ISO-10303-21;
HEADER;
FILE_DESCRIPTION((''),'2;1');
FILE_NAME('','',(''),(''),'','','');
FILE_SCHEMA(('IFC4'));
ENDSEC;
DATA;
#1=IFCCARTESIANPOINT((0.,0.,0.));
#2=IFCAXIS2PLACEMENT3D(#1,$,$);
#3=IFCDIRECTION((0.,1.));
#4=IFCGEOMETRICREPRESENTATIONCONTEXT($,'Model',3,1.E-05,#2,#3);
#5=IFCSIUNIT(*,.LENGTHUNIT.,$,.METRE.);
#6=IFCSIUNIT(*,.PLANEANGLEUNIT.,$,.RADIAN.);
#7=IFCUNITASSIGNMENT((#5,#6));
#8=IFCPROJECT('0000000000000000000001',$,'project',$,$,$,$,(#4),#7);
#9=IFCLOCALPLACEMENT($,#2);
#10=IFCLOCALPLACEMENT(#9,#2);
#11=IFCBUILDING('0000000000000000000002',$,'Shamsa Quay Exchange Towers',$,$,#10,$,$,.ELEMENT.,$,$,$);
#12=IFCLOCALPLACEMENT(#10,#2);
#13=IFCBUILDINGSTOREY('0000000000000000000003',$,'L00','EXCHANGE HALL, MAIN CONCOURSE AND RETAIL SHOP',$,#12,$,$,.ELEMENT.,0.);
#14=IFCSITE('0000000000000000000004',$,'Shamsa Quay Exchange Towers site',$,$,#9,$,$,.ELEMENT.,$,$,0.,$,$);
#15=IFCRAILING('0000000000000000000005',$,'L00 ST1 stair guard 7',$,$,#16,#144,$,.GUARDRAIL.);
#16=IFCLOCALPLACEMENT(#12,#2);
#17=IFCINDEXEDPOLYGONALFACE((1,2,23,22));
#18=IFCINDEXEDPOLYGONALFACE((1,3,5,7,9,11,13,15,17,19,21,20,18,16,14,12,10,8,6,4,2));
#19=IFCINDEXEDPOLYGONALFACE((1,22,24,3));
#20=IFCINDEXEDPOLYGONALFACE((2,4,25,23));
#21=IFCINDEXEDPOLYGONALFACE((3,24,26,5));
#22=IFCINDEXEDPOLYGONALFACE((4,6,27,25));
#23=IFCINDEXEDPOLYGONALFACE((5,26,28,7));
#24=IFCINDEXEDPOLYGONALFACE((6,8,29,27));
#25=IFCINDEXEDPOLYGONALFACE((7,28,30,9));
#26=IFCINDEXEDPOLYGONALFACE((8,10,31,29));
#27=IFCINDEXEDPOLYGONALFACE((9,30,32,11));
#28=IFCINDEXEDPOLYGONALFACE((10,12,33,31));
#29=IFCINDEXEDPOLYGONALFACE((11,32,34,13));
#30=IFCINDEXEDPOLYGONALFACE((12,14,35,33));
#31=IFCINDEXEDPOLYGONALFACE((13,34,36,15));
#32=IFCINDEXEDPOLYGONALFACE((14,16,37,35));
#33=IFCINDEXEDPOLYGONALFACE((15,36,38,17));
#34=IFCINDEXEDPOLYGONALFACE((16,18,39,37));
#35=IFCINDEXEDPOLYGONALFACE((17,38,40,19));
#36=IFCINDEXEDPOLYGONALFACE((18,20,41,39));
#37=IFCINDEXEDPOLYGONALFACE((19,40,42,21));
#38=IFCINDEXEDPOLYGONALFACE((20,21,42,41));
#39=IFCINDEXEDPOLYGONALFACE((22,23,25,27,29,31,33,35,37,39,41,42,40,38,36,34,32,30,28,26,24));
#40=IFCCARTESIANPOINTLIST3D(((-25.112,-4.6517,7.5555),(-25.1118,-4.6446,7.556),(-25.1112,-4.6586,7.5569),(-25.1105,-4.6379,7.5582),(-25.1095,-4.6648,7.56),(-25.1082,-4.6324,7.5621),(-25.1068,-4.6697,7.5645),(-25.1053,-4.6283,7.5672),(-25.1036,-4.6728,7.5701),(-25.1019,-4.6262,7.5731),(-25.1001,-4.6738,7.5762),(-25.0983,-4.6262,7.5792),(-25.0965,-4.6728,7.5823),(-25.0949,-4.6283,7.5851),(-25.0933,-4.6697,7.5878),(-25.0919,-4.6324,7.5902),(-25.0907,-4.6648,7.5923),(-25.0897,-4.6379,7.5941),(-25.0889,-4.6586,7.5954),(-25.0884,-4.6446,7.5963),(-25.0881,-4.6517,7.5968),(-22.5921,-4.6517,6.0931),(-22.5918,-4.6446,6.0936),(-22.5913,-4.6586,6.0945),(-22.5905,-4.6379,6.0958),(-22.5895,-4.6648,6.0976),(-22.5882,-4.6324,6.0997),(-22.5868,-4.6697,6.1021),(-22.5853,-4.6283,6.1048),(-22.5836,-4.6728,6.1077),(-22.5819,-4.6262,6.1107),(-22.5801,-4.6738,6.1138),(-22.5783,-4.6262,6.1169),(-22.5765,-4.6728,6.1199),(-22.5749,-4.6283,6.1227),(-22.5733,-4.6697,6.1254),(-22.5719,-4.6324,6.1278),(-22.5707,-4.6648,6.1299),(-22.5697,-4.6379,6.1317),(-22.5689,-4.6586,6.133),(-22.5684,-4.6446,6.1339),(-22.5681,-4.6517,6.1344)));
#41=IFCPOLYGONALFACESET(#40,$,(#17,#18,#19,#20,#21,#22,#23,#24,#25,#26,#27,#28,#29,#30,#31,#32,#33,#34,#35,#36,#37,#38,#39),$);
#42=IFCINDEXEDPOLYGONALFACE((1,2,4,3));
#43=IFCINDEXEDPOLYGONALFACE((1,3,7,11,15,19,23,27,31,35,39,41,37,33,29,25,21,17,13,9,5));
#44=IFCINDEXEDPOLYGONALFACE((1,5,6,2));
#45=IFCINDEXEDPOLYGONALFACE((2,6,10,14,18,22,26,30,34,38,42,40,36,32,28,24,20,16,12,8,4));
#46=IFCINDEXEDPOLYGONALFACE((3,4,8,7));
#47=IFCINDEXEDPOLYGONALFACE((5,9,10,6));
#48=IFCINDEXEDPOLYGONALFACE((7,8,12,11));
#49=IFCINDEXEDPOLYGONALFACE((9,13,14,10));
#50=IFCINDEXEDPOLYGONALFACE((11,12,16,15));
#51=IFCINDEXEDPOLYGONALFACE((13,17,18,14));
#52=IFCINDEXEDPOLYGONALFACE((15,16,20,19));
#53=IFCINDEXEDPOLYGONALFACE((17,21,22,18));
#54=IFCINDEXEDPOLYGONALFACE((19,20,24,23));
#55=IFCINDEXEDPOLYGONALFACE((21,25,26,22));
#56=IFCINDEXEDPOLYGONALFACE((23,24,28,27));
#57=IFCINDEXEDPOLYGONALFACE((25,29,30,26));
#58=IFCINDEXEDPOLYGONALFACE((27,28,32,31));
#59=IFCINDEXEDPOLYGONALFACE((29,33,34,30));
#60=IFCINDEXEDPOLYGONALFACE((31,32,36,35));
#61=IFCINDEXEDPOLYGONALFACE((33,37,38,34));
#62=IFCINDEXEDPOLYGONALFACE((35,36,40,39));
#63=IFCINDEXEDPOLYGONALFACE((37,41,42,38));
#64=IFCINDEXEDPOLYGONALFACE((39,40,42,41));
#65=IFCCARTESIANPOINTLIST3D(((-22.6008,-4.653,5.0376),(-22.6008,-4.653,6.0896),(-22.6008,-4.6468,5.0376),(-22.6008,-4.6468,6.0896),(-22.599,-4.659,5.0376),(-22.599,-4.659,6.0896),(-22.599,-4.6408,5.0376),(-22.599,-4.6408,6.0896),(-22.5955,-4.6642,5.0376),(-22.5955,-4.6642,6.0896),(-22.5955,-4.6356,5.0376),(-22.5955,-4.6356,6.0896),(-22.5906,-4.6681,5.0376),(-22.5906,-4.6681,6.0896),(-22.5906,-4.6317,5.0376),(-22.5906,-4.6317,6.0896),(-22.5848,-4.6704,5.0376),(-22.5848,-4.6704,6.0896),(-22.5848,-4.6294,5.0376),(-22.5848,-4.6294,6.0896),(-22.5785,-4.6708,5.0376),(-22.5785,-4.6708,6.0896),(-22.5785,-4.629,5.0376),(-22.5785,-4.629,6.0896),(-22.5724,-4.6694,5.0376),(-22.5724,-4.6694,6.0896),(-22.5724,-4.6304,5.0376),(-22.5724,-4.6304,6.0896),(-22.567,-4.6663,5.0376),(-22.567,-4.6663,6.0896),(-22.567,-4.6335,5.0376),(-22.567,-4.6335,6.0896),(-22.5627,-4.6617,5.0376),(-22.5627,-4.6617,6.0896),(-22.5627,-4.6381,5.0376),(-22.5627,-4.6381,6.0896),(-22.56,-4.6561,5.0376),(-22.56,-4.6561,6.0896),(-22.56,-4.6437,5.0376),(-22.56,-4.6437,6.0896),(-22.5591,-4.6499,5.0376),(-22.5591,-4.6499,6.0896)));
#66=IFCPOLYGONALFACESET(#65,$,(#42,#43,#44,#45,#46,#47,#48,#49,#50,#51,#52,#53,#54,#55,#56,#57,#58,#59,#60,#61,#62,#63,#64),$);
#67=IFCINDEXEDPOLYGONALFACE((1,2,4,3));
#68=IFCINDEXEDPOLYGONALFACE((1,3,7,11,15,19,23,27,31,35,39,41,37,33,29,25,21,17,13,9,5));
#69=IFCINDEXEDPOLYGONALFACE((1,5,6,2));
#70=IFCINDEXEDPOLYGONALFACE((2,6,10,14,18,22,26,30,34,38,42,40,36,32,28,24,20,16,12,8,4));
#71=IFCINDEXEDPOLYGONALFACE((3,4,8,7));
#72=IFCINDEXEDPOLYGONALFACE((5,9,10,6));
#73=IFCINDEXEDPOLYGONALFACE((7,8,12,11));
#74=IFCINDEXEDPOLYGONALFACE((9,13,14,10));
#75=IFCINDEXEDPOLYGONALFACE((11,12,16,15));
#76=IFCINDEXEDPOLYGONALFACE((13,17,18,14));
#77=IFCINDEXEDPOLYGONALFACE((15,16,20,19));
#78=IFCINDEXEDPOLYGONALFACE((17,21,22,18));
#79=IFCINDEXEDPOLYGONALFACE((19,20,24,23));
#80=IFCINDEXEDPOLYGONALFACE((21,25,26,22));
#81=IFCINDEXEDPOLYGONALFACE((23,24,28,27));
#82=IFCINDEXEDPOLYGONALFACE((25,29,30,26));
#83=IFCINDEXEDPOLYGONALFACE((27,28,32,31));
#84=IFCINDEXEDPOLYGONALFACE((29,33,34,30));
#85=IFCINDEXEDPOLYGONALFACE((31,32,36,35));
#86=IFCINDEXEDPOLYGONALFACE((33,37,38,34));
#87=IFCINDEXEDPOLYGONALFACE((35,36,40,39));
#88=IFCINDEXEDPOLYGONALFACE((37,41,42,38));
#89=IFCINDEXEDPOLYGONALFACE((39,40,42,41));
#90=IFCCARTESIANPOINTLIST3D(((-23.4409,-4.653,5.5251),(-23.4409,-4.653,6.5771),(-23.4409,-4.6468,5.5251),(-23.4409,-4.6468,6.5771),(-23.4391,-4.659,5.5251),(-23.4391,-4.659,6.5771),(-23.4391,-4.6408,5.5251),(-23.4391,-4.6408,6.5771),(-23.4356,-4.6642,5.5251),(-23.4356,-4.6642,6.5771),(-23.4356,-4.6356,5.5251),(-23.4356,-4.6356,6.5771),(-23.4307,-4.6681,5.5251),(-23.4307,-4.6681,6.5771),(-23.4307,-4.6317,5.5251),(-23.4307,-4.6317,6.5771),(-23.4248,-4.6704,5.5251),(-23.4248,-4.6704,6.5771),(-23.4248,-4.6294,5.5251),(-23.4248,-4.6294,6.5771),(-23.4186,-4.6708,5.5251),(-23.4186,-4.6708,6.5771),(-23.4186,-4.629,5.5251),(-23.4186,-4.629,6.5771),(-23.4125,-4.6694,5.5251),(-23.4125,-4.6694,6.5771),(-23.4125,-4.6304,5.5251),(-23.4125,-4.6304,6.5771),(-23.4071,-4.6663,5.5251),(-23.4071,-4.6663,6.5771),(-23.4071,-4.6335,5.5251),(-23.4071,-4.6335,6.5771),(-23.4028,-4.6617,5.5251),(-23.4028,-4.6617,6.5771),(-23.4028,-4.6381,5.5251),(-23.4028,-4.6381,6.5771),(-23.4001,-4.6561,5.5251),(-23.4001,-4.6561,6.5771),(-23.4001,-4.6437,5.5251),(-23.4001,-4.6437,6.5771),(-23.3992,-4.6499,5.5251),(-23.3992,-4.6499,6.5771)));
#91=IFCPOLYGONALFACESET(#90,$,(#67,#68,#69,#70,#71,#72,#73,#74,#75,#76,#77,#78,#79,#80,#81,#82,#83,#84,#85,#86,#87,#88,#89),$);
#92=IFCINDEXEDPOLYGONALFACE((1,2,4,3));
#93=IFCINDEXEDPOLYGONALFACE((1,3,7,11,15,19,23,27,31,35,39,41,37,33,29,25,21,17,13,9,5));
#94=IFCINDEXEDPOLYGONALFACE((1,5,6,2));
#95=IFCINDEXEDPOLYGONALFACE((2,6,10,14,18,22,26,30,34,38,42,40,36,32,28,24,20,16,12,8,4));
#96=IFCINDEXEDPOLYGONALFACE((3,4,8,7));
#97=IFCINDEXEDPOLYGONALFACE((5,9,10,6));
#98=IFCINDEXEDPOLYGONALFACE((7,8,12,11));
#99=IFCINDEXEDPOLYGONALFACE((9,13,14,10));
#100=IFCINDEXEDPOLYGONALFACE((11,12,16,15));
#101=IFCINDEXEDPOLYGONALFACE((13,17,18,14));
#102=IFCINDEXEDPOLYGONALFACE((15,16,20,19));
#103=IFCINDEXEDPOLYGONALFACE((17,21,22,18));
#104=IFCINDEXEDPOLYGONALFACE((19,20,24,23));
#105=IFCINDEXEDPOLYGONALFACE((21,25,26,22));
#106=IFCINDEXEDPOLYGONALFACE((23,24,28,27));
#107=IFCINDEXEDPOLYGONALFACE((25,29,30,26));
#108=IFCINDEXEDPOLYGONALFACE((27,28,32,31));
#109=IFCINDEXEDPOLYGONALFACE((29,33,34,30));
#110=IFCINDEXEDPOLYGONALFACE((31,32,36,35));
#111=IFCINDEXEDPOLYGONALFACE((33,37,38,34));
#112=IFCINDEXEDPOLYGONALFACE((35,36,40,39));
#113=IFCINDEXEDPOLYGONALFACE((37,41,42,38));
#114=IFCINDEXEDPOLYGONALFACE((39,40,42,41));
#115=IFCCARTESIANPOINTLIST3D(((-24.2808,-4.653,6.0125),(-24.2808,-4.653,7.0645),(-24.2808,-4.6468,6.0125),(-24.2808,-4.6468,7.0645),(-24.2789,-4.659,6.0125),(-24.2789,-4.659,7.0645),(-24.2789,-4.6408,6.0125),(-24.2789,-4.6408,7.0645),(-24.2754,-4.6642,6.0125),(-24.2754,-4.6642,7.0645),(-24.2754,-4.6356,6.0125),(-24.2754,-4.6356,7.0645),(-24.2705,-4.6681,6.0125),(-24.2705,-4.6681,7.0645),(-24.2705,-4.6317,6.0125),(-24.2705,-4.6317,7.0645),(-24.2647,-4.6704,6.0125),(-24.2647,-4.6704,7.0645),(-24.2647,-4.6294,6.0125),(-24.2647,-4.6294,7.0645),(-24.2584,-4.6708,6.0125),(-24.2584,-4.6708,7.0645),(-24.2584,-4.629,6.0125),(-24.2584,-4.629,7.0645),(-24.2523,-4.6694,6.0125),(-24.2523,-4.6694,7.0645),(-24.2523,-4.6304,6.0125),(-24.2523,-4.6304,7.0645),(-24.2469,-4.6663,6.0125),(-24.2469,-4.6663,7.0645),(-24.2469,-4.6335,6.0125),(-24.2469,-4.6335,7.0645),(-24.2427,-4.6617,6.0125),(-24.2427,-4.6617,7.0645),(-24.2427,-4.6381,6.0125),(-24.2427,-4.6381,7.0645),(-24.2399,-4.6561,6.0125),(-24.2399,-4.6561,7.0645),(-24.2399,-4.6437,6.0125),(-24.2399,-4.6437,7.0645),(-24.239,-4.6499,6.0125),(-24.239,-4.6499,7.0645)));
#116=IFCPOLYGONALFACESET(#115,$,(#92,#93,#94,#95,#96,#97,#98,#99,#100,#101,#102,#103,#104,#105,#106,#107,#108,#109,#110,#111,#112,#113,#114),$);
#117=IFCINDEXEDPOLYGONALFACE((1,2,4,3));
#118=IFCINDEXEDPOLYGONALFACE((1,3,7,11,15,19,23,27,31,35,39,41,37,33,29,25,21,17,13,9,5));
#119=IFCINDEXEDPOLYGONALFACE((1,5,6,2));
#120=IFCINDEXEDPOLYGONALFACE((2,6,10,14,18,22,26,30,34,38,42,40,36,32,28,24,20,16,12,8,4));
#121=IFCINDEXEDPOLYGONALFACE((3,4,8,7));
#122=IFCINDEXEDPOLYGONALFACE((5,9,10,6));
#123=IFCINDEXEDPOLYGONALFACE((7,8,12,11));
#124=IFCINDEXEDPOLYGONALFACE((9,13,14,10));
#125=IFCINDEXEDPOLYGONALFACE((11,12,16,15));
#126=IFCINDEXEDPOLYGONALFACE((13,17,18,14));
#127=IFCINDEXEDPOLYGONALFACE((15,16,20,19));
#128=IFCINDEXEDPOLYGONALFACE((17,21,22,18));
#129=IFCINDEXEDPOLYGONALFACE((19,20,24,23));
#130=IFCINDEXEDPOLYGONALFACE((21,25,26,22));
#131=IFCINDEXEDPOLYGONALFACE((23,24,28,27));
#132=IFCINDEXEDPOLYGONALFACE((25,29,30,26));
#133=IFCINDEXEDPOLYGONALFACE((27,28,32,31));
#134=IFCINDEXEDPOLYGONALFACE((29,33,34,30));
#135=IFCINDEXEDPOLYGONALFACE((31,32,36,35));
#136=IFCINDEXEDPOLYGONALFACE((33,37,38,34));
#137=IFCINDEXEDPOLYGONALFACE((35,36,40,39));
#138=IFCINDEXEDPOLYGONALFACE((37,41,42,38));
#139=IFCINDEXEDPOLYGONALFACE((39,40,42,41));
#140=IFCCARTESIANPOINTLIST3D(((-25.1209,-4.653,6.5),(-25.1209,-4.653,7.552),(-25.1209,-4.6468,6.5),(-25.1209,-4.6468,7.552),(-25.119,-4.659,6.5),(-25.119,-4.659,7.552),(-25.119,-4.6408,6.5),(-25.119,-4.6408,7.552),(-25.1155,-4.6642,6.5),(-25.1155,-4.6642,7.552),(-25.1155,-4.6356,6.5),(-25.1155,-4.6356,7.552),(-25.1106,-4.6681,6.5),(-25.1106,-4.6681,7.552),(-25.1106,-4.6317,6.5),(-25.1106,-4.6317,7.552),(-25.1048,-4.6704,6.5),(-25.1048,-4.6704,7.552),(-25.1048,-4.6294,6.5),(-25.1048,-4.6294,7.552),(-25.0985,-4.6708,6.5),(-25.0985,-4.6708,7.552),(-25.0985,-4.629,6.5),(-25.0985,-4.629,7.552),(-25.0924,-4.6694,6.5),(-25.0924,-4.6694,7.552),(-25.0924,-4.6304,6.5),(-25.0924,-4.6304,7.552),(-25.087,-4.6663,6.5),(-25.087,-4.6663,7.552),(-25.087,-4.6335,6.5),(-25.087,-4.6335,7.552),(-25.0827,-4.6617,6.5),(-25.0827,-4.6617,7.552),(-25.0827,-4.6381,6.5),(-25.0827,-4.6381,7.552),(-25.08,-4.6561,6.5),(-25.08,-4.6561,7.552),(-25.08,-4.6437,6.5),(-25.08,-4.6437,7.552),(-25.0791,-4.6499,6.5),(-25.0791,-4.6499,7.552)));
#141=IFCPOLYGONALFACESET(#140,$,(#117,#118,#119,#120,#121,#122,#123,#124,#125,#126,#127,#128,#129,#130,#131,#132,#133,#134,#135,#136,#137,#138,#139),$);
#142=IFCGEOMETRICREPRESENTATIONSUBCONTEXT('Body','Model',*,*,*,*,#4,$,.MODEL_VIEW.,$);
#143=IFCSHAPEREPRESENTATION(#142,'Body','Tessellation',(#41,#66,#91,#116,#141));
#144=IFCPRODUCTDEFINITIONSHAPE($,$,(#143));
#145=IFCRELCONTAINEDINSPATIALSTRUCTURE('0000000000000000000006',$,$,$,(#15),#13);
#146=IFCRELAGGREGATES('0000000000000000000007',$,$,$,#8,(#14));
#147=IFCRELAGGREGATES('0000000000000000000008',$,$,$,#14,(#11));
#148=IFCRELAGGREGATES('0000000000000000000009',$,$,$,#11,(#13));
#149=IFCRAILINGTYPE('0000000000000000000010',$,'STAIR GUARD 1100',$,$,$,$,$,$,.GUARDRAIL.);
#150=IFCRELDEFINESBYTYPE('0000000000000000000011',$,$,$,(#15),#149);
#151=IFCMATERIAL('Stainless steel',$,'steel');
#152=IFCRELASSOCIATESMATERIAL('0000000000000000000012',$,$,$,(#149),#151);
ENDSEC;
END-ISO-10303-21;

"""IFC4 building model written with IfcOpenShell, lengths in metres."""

from ifc_helpers import new_model, si_unit, direction, frame, origin, origin_2d, place, context, subcontext, project, spatial, circle, extrude, material, type_object, element, save


model = new_model("IFC4")

# Units and contexts
model_context = context("Model", 3, precision=1e-05, world=origin(), true_north=direction((0.0, 1.0)))
body_context = subcontext(model_context, "Body", "Model", "MODEL_VIEW")
ifc_project = project(units=[si_unit("LENGTHUNIT", "METRE"), si_unit("PLANEANGLEUNIT", "RADIAN")], contexts=[model_context])

# Site, building, storey
site_placement = place(None, origin())
site = spatial("IfcSite", under=ifc_project, at=site_placement, Name="Shamsa Quay Exchange Towers site", CompositionType="ELEMENT", RefElevation=0.0)
building_placement = place(site_placement, origin())
building = spatial("IfcBuilding", under=site, at=building_placement, Name="Shamsa Quay Exchange Towers", CompositionType="ELEMENT")
storey_placement = place(building_placement, origin())
storey = spatial("IfcBuildingStorey", under=building, at=storey_placement, Name="L00", Description="EXCHANGE HALL, MAIN CONCOURSE AND RETAIL SHOP", CompositionType="ELEMENT", Elevation=0.0)

# Railing
ifc_material_1 = material(Name="Stainless steel", Category="steel")
railing_type_1 = type_object("IfcRailingType", Name="STAIR GUARD 1100", PredefinedType="GUARDRAIL", material=ifc_material_1)
railing_1_placement = place(storey_placement, frame((-22.5801, -4.6499, 5.0376)))
element("IfcRailing", 1, at=railing_1_placement, inside=storey, type_object=railing_type_1, Name="L00 ST1 stair guard 7", PredefinedType="GUARDRAIL", context=body_context, shape_type="SweptSolid", body=[
    extrude(circle(Radius=0.0239, at=origin_2d()), frame((0.0, 0.0, 1.0762), z_axis=(-0.864913, 0.0, 0.501921), x_axis=(0.0, -1.0, 0.0)), (0.0, 0.0, 1.0), 2.9136),
    extrude(circle(Radius=0.021, at=origin_2d()), origin(), (0.0, 0.0, 1.0), 1.052),
    extrude(circle(Radius=0.021, at=origin_2d()), frame((-0.8401, 0.0, 0.4875)), (0.0, 0.0, 1.0), 1.052),
    extrude(circle(Radius=0.021, at=origin_2d()), frame((-1.6799, 0.0, 0.9749)), (0.0, 0.0, 1.0), 1.052),
    extrude(circle(Radius=0.021, at=origin_2d()), frame((-2.52, 0.0, 1.4624)), (0.0, 0.0, 1.0), 1.052),
])

save(model, "model.ifc")
